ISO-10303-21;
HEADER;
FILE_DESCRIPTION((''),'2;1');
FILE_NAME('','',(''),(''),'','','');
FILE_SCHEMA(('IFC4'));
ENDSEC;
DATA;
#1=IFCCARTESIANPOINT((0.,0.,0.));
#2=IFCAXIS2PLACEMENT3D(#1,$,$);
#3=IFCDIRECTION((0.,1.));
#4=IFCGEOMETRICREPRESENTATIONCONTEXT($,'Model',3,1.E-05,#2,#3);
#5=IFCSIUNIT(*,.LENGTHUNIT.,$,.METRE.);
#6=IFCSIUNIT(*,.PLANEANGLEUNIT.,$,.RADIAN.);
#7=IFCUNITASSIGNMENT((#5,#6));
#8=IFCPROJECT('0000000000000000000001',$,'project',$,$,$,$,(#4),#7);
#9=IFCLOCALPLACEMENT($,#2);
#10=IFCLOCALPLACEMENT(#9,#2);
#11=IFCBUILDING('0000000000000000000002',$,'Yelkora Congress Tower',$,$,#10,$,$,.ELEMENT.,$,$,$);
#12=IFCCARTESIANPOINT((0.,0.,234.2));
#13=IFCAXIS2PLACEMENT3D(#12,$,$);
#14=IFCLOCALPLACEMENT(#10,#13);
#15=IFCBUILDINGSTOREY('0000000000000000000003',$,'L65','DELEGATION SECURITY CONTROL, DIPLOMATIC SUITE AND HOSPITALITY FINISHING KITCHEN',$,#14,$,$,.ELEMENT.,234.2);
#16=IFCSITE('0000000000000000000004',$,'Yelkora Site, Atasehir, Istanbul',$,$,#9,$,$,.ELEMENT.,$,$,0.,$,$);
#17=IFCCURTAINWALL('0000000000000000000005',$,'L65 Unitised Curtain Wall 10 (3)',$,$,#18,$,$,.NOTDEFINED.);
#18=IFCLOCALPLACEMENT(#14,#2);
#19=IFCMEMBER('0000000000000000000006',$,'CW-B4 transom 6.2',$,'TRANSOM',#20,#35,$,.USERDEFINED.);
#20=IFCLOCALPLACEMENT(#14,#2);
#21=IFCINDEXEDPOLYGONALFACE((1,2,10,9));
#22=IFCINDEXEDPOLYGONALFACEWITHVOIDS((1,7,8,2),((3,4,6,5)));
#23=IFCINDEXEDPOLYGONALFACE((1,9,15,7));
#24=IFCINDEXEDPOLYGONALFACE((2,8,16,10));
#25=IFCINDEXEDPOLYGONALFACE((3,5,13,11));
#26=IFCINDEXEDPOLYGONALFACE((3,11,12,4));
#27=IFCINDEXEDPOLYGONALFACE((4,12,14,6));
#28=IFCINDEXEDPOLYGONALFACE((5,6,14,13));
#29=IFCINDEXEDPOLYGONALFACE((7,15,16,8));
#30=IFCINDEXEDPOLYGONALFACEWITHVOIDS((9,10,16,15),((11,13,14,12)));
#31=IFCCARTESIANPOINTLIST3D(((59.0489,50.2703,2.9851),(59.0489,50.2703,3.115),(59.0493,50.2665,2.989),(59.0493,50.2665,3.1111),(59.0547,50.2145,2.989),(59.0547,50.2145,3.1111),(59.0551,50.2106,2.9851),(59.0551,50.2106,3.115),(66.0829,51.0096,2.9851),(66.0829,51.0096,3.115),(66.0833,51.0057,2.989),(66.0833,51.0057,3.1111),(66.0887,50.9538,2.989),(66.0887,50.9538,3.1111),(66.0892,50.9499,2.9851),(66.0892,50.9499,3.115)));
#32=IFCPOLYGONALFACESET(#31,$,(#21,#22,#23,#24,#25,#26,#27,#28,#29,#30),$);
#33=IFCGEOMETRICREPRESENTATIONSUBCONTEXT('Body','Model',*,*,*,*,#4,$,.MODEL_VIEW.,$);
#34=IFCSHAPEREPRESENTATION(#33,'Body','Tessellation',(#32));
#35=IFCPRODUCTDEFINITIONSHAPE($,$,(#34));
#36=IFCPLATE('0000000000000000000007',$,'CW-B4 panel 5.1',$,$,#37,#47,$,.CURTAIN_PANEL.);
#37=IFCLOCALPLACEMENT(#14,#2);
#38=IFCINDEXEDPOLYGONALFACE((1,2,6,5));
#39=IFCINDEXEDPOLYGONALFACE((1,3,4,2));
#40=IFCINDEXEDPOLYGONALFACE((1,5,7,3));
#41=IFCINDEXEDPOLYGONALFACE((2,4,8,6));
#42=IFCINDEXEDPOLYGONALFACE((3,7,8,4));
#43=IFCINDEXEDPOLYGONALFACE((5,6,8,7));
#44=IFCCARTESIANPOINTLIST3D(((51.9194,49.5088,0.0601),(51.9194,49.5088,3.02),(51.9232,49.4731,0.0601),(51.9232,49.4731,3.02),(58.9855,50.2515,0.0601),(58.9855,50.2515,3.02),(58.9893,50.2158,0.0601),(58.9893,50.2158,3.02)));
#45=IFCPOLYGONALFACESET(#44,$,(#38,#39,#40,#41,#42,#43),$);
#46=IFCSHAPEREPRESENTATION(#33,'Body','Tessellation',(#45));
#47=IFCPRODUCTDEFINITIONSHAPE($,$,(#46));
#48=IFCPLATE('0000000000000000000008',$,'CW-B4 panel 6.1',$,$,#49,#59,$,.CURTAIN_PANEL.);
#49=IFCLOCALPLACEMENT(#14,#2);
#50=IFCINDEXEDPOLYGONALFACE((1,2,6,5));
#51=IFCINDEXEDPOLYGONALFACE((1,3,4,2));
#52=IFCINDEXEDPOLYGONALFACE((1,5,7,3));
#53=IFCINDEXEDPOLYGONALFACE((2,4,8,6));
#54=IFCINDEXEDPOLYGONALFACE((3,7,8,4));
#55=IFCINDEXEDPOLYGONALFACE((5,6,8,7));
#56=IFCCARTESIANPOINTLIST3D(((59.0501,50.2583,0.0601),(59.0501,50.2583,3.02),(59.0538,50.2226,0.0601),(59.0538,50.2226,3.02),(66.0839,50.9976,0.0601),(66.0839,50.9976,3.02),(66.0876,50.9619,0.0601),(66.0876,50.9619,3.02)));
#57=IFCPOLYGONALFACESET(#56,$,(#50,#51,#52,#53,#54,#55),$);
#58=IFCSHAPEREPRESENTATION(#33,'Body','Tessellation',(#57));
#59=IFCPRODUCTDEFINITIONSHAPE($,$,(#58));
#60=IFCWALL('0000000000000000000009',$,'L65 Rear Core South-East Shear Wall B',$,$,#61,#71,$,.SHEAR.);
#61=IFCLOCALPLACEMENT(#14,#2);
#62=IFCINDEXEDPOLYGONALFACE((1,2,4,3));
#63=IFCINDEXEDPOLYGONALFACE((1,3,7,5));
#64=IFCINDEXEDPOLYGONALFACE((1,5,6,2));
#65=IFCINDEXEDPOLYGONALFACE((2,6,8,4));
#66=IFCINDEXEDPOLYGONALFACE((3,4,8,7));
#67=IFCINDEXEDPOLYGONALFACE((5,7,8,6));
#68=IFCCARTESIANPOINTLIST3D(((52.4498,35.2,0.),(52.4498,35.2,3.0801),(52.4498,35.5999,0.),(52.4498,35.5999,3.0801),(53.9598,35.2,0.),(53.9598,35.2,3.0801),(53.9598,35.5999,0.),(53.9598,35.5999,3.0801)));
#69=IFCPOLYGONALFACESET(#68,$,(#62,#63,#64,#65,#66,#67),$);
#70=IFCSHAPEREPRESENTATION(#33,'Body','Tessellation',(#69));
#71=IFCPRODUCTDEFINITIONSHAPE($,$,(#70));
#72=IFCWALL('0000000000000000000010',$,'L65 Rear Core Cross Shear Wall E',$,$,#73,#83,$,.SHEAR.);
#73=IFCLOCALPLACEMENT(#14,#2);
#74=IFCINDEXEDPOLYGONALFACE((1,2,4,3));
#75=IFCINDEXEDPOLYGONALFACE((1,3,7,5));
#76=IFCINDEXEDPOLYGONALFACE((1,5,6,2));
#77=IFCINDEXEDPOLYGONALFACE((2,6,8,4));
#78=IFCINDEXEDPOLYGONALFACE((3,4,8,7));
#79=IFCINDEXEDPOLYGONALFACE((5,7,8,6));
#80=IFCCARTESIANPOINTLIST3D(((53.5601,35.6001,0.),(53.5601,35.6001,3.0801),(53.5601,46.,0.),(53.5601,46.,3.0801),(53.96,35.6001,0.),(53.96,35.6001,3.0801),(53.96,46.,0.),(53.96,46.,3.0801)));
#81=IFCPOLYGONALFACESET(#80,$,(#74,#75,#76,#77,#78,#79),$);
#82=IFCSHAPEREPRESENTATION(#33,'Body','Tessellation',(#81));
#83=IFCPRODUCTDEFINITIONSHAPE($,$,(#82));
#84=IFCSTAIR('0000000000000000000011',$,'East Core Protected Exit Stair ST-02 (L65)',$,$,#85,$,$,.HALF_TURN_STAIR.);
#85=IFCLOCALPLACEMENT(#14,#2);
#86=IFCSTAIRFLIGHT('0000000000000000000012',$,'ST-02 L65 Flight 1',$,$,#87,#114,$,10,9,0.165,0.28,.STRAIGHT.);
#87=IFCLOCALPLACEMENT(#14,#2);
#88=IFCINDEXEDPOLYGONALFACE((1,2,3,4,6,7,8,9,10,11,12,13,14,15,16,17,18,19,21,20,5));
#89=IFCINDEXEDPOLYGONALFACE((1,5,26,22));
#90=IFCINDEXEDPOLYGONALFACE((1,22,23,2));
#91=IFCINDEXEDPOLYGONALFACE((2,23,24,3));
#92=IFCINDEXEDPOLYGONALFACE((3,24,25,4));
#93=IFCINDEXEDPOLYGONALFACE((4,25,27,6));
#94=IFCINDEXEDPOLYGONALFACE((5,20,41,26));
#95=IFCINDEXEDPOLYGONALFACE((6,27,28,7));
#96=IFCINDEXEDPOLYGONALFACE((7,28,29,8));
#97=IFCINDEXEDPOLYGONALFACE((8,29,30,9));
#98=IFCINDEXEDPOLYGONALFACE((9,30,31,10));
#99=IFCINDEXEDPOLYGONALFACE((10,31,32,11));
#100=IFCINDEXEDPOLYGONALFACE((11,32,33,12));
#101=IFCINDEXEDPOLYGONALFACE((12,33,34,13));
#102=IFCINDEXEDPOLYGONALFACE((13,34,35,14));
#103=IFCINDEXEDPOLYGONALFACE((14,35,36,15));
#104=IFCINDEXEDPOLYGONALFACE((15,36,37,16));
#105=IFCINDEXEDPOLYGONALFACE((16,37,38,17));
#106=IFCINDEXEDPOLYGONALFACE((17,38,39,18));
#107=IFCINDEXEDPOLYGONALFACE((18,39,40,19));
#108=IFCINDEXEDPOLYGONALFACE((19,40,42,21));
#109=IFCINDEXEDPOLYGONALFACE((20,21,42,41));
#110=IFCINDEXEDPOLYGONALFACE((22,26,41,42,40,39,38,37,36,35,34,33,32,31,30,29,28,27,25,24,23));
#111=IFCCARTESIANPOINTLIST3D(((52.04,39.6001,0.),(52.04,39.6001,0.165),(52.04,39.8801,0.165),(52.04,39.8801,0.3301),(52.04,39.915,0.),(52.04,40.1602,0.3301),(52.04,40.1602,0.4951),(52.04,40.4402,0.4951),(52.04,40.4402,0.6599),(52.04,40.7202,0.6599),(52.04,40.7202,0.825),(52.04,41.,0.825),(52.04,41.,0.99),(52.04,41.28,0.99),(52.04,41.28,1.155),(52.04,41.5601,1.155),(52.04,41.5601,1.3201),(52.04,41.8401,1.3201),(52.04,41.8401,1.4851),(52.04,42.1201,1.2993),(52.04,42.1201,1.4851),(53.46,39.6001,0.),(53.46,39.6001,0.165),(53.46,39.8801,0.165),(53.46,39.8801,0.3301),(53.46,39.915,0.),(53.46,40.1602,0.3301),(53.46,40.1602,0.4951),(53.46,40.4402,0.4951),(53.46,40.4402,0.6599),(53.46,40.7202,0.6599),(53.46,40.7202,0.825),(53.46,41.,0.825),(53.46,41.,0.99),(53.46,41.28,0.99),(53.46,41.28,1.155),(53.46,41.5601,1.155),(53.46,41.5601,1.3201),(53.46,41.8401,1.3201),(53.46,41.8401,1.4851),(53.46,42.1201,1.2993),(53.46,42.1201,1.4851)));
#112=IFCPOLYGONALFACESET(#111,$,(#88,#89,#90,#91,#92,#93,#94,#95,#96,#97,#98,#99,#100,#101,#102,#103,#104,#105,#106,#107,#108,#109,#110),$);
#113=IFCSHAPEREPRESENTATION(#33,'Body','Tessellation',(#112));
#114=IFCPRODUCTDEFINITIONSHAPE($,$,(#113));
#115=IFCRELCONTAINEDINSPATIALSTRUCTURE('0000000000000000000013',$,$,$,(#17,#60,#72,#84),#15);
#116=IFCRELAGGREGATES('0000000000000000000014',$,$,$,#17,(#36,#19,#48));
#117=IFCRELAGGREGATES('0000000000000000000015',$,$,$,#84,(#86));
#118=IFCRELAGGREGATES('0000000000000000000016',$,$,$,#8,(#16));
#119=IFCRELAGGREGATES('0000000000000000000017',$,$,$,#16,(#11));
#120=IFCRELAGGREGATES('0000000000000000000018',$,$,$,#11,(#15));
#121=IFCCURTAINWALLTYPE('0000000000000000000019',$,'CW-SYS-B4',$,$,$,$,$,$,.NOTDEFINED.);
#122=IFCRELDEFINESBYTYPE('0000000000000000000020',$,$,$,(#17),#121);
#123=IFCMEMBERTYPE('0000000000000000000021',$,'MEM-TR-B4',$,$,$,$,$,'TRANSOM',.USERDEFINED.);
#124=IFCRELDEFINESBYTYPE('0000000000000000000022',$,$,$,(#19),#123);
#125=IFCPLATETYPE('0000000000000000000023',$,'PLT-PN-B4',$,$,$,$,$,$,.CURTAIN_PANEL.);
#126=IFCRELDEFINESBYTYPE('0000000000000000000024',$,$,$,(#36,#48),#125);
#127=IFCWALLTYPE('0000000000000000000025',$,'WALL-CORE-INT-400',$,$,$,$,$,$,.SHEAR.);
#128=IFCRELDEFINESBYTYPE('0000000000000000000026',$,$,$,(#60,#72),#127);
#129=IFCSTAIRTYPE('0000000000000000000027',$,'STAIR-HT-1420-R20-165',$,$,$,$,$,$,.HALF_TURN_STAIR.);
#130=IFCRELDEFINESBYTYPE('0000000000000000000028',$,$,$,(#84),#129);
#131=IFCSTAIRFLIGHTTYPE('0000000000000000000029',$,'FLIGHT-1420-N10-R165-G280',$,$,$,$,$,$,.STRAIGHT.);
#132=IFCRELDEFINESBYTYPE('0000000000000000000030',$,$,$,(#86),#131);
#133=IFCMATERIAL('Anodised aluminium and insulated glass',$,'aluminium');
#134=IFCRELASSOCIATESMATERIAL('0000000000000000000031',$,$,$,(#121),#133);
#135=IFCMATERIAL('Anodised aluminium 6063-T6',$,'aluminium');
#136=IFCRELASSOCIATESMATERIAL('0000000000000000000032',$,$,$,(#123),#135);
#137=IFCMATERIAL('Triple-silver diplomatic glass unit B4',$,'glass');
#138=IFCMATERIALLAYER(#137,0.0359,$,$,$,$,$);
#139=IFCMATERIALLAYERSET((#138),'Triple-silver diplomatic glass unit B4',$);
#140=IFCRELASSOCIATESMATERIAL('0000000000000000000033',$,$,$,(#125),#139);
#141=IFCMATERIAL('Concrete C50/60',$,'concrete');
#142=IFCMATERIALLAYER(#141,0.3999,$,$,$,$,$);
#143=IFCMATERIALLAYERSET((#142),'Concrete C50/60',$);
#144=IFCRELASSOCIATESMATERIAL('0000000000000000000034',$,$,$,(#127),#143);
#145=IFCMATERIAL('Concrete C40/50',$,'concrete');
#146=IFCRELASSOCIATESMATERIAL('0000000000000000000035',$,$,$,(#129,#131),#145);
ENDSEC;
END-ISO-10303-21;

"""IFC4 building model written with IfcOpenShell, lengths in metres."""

from ifc_helpers import new_model, si_unit, direction, frame, frame_2d, origin, origin_2d, place, context, subcontext, project, spatial, polyline, rectangle, hollow_rectangle, outline, extrude, material, layer, layer_set, material_profile, profile_set, type_object, element, aggregate, save


model = new_model("IFC4")

# Units and contexts
model_context = context("Model", 3, precision=1e-05, world=origin(), true_north=direction((0.0, 1.0)))
body_context = subcontext(model_context, "Body", "Model", "MODEL_VIEW")
ifc_project = project(units=[si_unit("LENGTHUNIT", "METRE"), si_unit("PLANEANGLEUNIT", "RADIAN")], contexts=[model_context])

# Site, building, storey
site_placement = place(None, origin())
site = spatial("IfcSite", under=ifc_project, at=site_placement, Name="Yelkora Site, Atasehir, Istanbul", CompositionType="ELEMENT", RefElevation=0.0)
building_placement = place(site_placement, origin())
building = spatial("IfcBuilding", under=site, at=building_placement, Name="Yelkora Congress Tower", CompositionType="ELEMENT")
storey_placement = place(building_placement, frame((0.0, 0.0, 234.2)))
storey = spatial("IfcBuildingStorey", under=building, at=storey_placement, Name="L65", Description="DELEGATION SECURITY CONTROL, DIPLOMATIC SUITE AND HOSPITALITY FINISHING KITCHEN", CompositionType="ELEMENT", Elevation=234.2)

# Curtain wall, member, plates
ifc_material_1 = material(Name="Anodised aluminium and insulated glass", Category="aluminium")
curtain_wall_type = type_object("IfcCurtainWallType", Name="CW-SYS-B4", PredefinedType="NOTDEFINED", material=ifc_material_1)
curtain_wall_placement = place(storey_placement, origin())
curtain_wall = element("IfcCurtainWall", 1, at=curtain_wall_placement, inside=storey, type_object=curtain_wall_type, Name="L65 Unitised Curtain Wall 10 (3)", PredefinedType="NOTDEFINED")
ifc_material_2 = material(Name="Anodised aluminium 6063-T6", Category="aluminium")
ifc_material_profile_1 = material_profile(ifc_material_2, hollow_rectangle(XDim=0.0601, YDim=0.1299, WallThickness=0.0039, at=origin_2d()), Name="ALU 60x130x4")
ifc_profile_set_1 = profile_set([ifc_material_profile_1], Name="Anodised aluminium 6063-T6")
member_type_1 = type_object("IfcMemberType", Name="MEM-TR-B4", ElementType="TRANSOM", PredefinedType="USERDEFINED", material=ifc_profile_set_1)
member_1_placement = place(storey_placement, frame((59.052, 50.2405, 3.05), z_axis=(0.994522, 0.104523, 0.0), x_axis=(-0.104523, 0.994522, 0.0)))
member_1 = element("IfcMember", 2, at=member_1_placement, type_object=member_type_1, Name="CW-B4 transom 6.2", ObjectType="TRANSOM", PredefinedType="USERDEFINED", context=body_context, shape_type="SweptSolid", body=[
    extrude(hollow_rectangle(XDim=0.0601, YDim=0.1299, WallThickness=0.0039, at=origin_2d()), origin(), (0.0, 0.0, 1.0), 7.0728),
])
ifc_material_3 = material(Name="Triple-silver diplomatic glass unit B4", Category="glass")
ifc_layer_1 = layer(ifc_material_3, 0.0359)
ifc_layer_set_1 = layer_set([ifc_layer_1], Name="Triple-silver diplomatic glass unit B4")
plate_type = type_object("IfcPlateType", Name="PLT-PN-B4", PredefinedType="CURTAIN_PANEL", material=ifc_layer_set_1)
plate_1_placement = place(storey_placement, frame((55.4543, 49.8623, 0.0601), z_axis=(0.0, 0.0, 1.0), x_axis=(0.994522, 0.104528, 0.0)))
plate_1 = element("IfcPlate", 3, at=plate_1_placement, type_object=plate_type, Name="CW-B4 panel 5.1", PredefinedType="CURTAIN_PANEL", context=body_context, shape_type="SweptSolid", body=[
    extrude(rectangle(XDim=7.105, YDim=0.0359, at=origin_2d()), origin(), (0.0, 0.0, 1.0), 2.96),
])
plate_2_placement = place(storey_placement, frame((62.5688, 50.6101, 0.0601), z_axis=(0.0, 0.0, 1.0), x_axis=(0.994522, 0.104528, 0.0)))
plate_2 = element("IfcPlate", 4, at=plate_2_placement, type_object=plate_type, Name="CW-B4 panel 6.1", PredefinedType="CURTAIN_PANEL", context=body_context, shape_type="SweptSolid", body=[
    extrude(rectangle(XDim=7.0725, YDim=0.0359, at=origin_2d()), origin(), (0.0, 0.0, 1.0), 2.96),
])
aggregate(curtain_wall, [plate_1, member_1, plate_2])

# Walls
ifc_material_4 = material(Name="Concrete C50/60", Category="concrete")
ifc_layer_2 = layer(ifc_material_4, 0.3999)
ifc_layer_set_2 = layer_set([ifc_layer_2], Name="Concrete C50/60")
wall_type = type_object("IfcWallType", Name="WALL-CORE-INT-400", PredefinedType="SHEAR", material=ifc_layer_set_2)
wall_1_placement = place(storey_placement, frame((52.45, 35.3999, 0.0), z_axis=(0.0, 0.0, 1.0), x_axis=(1.0, 0.0, 0.0)))
element("IfcWall", 5, at=wall_1_placement, inside=storey, type_object=wall_type, Name="L65 Rear Core South-East Shear Wall B", PredefinedType="SHEAR", context=body_context, shape_type="SweptSolid", body=[
    extrude(rectangle(XDim=1.51, YDim=0.3999, at=frame_2d((0.7549, 0.0))), origin(), (0.0, 0.0, 1.0), 3.0801),
])
wall_2_placement = place(storey_placement, frame((53.76, 35.6001, 0.0), z_axis=(0.0, 0.0, 1.0), x_axis=(0.0, 1.0, 0.0)))
element("IfcWall", 6, at=wall_2_placement, inside=storey, type_object=wall_type, Name="L65 Rear Core Cross Shear Wall E", PredefinedType="SHEAR", context=body_context, shape_type="SweptSolid", body=[
    extrude(rectangle(XDim=10.3999, YDim=0.3999, at=frame_2d((5.2, 0.0))), origin(), (0.0, 0.0, 1.0), 3.0801),
])

# Stair, stair flight
ifc_material_5 = material(Name="Concrete C40/50", Category="concrete")
stair_type = type_object("IfcStairType", Name="STAIR-HT-1420-R20-165", PredefinedType="HALF_TURN_STAIR", material=ifc_material_5)
stair_placement = place(storey_placement, origin())
stair = element("IfcStair", 7, at=stair_placement, inside=storey, type_object=stair_type, Name="East Core Protected Exit Stair ST-02 (L65)", PredefinedType="HALF_TURN_STAIR")
stair_flight_type = type_object("IfcStairFlightType", Name="FLIGHT-1420-N10-R165-G280", PredefinedType="STRAIGHT", material=ifc_material_5)
stair_flight_placement = place(storey_placement, frame((52.75, 39.6001, 0.0), z_axis=(0.0, 0.0, 1.0), x_axis=(0.0, 1.0, 0.0)))
stair_flight = element("IfcStairFlight", 8, at=stair_flight_placement, type_object=stair_flight_type, Name="ST-02 L65 Flight 1", NumberOfRisers=10, NumberOfTreads=9, PredefinedType="STRAIGHT", RiserHeight=0.165, TreadLength=0.28, context=body_context, shape_type="SweptSolid", body=[
    extrude(outline(polyline([(0.0, 0.0), (0.0, 0.165), (0.28, 0.165), (0.28, 0.3301), (0.5601, 0.3301), (0.5601, 0.4951), (0.8401, 0.4951), (0.8401, 0.6599), (1.1201, 0.6599), (1.1201, 0.825), (1.3999, 0.825), (1.3999, 0.99), (1.6799, 0.99), (1.6799, 1.155), (1.96, 1.155), (1.96, 1.3201), (2.24, 1.3201), (2.24, 1.4851), (2.52, 1.4851), (2.52, 1.6499), (2.52, 1.2993), (0.3149, 0.0), (0.0, 0.0)])), frame((0.0, 0.71, 0.0), z_axis=(0.0, -1.0, 0.0), x_axis=(1.0, 0.0, 0.0)), (0.0, 0.0, 1.0), 1.4199),
])
aggregate(stair, [stair_flight])

save(model, "model.ifc")
